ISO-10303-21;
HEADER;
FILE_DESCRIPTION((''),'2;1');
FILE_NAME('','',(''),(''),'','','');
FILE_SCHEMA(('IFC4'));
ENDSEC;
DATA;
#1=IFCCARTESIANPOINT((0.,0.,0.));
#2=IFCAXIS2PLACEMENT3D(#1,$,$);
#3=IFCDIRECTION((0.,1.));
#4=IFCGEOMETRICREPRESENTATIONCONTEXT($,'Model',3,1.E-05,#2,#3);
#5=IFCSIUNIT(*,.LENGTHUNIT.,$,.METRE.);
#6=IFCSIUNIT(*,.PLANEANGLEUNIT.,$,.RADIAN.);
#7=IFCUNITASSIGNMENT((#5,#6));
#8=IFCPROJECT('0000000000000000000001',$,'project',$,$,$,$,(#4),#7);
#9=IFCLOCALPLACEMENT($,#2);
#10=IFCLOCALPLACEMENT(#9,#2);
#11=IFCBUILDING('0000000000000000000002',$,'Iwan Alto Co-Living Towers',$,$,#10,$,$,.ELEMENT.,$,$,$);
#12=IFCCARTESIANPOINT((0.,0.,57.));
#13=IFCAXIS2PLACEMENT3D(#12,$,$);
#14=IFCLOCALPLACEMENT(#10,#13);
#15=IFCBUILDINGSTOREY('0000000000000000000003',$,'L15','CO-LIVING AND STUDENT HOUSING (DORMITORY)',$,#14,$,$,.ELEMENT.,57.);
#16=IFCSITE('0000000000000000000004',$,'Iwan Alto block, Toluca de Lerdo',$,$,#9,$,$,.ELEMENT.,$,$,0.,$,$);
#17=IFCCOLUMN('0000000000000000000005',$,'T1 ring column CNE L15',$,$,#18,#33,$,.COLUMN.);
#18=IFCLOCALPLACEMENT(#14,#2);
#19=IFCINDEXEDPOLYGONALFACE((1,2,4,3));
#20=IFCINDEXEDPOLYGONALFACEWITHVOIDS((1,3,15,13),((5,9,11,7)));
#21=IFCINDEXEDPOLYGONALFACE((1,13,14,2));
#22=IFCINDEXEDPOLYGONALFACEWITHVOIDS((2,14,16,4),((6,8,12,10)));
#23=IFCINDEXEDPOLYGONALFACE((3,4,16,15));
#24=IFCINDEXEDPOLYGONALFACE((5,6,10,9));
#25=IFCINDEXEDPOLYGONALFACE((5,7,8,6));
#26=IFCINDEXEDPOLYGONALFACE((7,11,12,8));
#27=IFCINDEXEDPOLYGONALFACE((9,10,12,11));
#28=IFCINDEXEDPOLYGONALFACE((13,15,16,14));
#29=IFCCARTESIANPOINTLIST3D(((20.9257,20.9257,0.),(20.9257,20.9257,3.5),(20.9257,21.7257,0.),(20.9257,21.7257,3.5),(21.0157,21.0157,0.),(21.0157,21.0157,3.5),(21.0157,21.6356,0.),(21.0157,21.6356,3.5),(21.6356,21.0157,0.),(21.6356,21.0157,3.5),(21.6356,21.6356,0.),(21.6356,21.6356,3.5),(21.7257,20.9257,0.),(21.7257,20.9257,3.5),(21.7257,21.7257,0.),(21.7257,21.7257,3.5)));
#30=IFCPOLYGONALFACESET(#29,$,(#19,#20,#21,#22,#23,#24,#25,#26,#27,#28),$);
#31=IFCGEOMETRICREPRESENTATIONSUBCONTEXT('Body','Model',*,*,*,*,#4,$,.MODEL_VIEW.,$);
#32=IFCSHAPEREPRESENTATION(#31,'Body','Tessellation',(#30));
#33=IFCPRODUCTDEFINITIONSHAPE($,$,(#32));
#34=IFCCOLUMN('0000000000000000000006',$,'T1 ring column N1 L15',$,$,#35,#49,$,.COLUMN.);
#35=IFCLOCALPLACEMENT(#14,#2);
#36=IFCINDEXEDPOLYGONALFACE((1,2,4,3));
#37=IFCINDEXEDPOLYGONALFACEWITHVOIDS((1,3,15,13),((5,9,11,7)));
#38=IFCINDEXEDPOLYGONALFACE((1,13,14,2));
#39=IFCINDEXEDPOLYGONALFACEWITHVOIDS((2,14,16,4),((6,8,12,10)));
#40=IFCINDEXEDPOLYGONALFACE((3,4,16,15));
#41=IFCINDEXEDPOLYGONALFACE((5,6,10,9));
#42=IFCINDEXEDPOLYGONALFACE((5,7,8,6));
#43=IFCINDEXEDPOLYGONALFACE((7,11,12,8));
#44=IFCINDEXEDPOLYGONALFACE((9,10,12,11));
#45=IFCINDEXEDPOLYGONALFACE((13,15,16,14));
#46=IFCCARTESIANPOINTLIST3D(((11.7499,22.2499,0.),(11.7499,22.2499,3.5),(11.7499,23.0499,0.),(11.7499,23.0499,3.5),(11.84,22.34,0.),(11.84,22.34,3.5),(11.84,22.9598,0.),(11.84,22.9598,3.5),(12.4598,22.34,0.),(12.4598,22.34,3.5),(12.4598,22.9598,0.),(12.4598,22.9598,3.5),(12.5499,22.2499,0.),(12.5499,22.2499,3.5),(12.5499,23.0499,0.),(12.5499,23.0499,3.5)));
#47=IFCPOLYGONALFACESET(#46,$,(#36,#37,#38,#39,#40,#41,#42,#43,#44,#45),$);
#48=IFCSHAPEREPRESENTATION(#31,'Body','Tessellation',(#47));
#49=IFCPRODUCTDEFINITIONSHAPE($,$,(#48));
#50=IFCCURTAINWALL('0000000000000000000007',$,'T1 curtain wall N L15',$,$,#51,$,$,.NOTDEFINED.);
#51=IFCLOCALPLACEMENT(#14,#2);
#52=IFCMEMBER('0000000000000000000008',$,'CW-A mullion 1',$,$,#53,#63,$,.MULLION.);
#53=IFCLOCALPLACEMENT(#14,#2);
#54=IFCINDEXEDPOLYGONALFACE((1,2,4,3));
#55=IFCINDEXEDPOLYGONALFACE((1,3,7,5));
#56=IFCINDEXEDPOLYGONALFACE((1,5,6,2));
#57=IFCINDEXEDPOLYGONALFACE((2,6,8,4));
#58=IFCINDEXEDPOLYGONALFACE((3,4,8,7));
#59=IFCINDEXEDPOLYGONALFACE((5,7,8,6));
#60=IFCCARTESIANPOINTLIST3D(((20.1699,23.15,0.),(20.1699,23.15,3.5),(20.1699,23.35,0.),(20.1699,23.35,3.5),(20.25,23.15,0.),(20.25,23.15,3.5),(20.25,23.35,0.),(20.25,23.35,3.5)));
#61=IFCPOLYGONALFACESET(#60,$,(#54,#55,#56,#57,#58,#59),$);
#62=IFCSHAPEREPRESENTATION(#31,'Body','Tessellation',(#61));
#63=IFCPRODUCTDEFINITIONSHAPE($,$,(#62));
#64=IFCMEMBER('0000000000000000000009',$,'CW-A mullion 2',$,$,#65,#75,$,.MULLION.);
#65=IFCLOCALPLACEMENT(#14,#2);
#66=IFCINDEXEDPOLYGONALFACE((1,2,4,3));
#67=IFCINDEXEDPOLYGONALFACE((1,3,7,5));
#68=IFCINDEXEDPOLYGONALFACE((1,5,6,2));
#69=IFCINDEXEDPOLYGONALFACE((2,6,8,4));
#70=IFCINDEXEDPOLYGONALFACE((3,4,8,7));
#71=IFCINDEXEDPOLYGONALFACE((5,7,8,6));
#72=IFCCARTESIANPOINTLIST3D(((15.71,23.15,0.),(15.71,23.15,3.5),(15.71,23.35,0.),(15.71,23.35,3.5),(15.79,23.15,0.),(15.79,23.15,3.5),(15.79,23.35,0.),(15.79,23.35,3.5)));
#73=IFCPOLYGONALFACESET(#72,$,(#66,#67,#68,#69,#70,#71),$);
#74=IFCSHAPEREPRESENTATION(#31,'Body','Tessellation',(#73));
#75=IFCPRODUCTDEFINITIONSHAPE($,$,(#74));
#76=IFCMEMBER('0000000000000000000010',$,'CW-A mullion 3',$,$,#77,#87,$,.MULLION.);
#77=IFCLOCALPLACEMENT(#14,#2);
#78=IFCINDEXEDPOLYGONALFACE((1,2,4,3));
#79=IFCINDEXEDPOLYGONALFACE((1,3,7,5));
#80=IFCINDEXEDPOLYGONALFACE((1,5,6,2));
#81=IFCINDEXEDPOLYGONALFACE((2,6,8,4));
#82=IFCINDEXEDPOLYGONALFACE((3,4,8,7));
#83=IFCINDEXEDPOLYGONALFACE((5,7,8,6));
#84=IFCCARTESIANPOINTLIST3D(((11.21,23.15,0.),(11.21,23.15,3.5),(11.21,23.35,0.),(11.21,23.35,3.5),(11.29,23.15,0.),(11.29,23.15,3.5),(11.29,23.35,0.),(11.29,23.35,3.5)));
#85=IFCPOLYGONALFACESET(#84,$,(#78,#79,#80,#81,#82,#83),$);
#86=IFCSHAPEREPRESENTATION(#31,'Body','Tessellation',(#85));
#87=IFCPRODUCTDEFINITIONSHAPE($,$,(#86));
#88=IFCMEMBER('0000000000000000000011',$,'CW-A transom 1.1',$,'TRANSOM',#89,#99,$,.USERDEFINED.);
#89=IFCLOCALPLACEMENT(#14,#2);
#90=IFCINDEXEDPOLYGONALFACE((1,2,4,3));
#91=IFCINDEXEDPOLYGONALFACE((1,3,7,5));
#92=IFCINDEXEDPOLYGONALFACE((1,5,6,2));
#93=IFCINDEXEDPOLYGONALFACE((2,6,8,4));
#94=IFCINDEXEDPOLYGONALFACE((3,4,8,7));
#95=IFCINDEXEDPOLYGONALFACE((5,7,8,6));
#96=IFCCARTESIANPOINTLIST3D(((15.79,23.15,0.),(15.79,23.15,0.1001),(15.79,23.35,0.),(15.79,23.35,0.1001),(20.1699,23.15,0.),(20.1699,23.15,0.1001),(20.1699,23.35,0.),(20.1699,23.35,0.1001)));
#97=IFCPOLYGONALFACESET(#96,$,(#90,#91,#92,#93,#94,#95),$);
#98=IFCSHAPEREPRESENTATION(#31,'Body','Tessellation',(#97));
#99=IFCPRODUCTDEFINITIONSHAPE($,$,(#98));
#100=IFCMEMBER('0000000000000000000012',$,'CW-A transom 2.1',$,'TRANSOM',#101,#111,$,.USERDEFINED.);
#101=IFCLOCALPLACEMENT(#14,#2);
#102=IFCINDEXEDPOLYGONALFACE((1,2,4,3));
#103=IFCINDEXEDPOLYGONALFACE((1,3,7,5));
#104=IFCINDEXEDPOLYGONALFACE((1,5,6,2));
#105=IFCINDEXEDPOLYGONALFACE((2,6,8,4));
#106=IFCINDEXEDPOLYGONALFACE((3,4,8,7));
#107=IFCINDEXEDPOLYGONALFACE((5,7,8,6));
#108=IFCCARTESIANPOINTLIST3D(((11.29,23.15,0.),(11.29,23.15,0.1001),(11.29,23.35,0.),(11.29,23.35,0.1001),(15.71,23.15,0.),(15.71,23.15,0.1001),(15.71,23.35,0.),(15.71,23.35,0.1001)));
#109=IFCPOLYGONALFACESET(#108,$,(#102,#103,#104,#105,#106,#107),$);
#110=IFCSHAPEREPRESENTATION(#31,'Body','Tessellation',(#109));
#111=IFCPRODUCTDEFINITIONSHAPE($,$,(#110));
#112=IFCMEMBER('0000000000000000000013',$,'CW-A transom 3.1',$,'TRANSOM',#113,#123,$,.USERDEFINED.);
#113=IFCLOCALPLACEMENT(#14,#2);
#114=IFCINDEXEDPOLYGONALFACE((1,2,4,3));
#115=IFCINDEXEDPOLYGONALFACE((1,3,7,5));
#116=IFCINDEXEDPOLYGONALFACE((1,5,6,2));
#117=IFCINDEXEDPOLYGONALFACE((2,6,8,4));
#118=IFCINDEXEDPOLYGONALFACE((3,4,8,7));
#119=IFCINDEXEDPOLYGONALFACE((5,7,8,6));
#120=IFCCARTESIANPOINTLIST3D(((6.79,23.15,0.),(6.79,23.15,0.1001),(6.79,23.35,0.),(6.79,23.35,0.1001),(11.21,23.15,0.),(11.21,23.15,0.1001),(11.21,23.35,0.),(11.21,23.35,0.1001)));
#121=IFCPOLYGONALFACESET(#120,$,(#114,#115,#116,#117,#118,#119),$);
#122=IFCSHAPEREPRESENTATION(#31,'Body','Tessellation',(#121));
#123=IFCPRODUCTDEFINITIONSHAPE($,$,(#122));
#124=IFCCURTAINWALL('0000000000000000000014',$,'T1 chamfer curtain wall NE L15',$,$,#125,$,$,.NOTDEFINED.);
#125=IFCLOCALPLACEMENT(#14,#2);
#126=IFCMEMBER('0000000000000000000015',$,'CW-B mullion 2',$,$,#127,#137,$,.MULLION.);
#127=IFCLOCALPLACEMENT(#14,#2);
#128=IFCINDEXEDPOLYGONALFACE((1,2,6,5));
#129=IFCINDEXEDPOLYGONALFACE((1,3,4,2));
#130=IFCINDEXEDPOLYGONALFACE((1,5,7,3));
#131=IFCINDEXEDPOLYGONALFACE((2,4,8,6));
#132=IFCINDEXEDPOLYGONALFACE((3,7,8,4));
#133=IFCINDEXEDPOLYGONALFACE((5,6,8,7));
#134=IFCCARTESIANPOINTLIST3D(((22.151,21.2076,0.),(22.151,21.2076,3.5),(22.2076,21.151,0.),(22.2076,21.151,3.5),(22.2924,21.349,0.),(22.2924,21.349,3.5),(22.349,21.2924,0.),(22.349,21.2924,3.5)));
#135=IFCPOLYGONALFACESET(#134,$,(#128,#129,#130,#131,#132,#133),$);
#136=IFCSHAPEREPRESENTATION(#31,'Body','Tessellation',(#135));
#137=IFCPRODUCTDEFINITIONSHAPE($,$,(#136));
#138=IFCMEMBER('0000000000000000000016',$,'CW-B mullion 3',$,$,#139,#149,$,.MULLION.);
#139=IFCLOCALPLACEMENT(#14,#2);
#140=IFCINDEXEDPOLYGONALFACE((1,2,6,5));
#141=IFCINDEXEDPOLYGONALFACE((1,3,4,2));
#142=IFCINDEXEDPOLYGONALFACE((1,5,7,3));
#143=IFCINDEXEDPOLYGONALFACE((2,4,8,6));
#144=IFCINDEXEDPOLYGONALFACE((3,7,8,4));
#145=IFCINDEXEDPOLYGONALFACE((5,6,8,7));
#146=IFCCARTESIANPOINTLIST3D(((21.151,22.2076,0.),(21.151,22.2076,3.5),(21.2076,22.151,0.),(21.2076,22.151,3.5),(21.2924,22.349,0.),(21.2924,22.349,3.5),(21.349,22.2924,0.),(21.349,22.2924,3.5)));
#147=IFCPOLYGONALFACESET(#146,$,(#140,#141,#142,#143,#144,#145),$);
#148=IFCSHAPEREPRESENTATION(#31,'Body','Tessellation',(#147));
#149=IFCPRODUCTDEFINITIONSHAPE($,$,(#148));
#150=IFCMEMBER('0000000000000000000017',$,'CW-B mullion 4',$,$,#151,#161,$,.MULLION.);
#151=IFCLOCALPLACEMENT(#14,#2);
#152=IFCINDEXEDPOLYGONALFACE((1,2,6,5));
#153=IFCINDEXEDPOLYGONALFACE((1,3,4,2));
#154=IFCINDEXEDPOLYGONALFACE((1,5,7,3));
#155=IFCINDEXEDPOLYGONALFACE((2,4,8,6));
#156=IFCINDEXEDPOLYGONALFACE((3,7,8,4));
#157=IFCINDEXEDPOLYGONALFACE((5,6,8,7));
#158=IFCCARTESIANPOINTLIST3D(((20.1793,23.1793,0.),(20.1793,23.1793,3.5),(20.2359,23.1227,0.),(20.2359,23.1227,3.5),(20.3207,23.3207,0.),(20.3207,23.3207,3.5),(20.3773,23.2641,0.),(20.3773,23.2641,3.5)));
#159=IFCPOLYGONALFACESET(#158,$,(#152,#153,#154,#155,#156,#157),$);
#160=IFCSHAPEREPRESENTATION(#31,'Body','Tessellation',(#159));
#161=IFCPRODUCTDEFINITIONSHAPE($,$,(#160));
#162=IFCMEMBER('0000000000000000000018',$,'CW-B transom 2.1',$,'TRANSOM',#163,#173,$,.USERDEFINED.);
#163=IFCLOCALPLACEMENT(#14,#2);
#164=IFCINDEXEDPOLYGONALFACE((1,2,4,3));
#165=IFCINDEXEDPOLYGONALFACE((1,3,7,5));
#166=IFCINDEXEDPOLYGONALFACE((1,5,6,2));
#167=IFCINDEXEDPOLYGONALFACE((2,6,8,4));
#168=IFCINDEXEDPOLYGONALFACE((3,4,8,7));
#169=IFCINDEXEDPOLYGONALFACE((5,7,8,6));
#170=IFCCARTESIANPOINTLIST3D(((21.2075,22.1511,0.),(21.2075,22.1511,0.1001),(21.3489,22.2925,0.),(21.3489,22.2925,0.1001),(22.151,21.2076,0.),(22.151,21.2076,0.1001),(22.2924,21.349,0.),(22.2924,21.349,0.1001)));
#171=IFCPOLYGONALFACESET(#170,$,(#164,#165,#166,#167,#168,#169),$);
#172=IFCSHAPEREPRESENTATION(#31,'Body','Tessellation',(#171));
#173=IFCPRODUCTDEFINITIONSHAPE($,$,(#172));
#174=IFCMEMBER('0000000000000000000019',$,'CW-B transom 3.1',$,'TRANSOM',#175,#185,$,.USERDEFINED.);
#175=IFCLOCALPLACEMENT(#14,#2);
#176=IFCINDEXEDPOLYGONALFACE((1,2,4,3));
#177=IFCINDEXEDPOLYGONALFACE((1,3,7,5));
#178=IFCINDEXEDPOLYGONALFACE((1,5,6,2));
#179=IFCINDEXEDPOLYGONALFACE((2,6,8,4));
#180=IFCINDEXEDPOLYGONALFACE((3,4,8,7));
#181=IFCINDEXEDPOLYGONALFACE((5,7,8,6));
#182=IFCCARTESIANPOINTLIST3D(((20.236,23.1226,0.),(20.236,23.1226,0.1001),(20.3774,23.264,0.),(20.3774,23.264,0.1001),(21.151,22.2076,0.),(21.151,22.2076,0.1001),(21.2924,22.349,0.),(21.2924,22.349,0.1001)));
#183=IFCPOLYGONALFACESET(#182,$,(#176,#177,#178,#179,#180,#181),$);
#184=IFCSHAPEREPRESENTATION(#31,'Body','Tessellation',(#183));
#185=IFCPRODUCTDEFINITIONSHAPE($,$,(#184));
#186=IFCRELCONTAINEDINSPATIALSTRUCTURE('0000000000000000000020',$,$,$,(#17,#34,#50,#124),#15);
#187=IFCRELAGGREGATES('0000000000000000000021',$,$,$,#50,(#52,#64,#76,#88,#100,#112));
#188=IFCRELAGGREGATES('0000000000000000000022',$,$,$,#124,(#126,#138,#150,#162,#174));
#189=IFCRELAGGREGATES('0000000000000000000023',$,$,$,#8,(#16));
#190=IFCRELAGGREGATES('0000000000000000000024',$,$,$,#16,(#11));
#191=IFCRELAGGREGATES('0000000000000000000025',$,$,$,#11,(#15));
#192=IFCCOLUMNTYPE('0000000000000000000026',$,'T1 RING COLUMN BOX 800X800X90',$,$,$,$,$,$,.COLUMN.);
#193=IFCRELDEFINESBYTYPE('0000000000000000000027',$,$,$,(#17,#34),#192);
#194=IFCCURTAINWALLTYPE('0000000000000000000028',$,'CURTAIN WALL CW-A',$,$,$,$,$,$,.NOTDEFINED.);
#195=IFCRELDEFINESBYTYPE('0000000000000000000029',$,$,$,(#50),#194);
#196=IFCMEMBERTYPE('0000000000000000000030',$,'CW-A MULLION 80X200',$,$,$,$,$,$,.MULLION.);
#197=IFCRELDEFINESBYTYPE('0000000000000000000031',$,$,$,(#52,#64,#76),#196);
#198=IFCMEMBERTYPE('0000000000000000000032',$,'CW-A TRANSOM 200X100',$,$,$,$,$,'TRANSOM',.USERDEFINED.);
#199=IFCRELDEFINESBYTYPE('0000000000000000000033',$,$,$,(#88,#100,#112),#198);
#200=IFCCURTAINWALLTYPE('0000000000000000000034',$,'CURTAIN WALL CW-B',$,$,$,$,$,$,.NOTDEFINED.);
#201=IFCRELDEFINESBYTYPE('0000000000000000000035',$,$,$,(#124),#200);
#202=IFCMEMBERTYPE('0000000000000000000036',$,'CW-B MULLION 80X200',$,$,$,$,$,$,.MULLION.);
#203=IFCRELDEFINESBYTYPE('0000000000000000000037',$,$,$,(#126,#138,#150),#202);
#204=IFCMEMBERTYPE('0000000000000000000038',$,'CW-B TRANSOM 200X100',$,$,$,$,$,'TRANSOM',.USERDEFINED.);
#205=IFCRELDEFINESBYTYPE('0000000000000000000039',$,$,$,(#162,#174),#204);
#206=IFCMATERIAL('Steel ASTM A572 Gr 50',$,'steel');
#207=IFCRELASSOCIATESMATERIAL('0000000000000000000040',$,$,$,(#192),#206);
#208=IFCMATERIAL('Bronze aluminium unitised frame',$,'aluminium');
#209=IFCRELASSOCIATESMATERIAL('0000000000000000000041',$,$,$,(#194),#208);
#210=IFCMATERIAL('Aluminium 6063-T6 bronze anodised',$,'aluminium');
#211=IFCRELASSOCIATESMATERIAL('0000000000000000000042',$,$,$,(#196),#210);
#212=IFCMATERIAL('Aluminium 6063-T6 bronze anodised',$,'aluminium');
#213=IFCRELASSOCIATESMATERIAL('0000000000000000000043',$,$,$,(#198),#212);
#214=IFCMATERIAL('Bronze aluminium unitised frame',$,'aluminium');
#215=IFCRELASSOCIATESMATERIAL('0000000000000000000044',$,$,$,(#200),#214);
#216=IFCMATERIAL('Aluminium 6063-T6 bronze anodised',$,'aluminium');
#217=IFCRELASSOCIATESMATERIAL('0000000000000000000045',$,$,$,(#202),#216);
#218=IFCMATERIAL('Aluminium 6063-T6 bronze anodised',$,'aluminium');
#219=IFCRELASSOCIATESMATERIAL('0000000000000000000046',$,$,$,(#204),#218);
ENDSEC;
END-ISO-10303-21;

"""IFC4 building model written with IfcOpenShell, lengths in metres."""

from ifc_helpers import new_model, si_unit, direction, frame, origin, origin_2d, place, context, subcontext, project, spatial, rectangle, hollow_rectangle, extrude, material, material_profile, profile_set, type_object, element, aggregate, save


model = new_model("IFC4")

# Units and contexts
model_context = context("Model", 3, precision=1e-05, world=origin(), true_north=direction((0.0, 1.0)))
body_context = subcontext(model_context, "Body", "Model", "MODEL_VIEW")
ifc_project = project(units=[si_unit("LENGTHUNIT", "METRE"), si_unit("PLANEANGLEUNIT", "RADIAN")], contexts=[model_context])

# Site, building, storey
site_placement = place(None, origin())
site = spatial("IfcSite", under=ifc_project, at=site_placement, Name="Iwan Alto block, Toluca de Lerdo", CompositionType="ELEMENT", RefElevation=0.0)
building_placement = place(site_placement, origin())
building = spatial("IfcBuilding", under=site, at=building_placement, Name="Iwan Alto Co-Living Towers", CompositionType="ELEMENT")
storey_placement = place(building_placement, frame((0.0, 0.0, 57.0)))
storey = spatial("IfcBuildingStorey", under=building, at=storey_placement, Name="L15", Description="CO-LIVING AND STUDENT HOUSING (DORMITORY)", CompositionType="ELEMENT", Elevation=57.0)

# Columns
ifc_material_1 = material(Name="Steel ASTM A572 Gr 50", Category="steel")
ifc_material_profile_1 = material_profile(ifc_material_1, hollow_rectangle(XDim=0.8, YDim=0.8, WallThickness=0.0901, at=origin_2d()), Name="BOX 800X800X90")
ifc_profile_set_1 = profile_set([ifc_material_profile_1], Name="Steel ASTM A572 Gr 50")
column_type = type_object("IfcColumnType", Name="T1 RING COLUMN BOX 800X800X90", PredefinedType="COLUMN", material=ifc_profile_set_1)
for number, where, z_axis, x_axis, name in (
    (1, (21.3257, 21.3257, 0.0), (0.0, 0.0, 1.0), (1.0, 0.0, 0.0), "T1 ring column CNE L15"),
    (2, (12.1499, 22.6499, 0.0), (0.0, 0.0, 1.0), (1.0, 0.0, 0.0), "T1 ring column N1 L15"),
):
    element("IfcColumn", number, at=place(storey_placement, frame(where, z_axis=z_axis, x_axis=x_axis)), inside=storey, type_object=column_type, Name=name, PredefinedType="COLUMN", context=body_context, shape_type="SweptSolid", body=[
        extrude(hollow_rectangle(XDim=0.8, YDim=0.8, WallThickness=0.0901, at=origin_2d()), origin(), (0.0, 0.0, 1.0), 3.5),
    ])

# Curtain walls, members
ifc_material_2 = material(Name="Bronze aluminium unitised frame", Category="aluminium")
curtain_wall_type_1 = type_object("IfcCurtainWallType", Name="CURTAIN WALL CW-A", PredefinedType="NOTDEFINED", material=ifc_material_2)
curtain_wall_1_placement = place(storey_placement, origin())
curtain_wall_1 = element("IfcCurtainWall", 3, at=curtain_wall_1_placement, inside=storey, type_object=curtain_wall_type_1, Name="T1 curtain wall N L15", PredefinedType="NOTDEFINED")
ifc_material_3 = material(Name="Aluminium 6063-T6 bronze anodised", Category="aluminium")
ifc_material_profile_2 = material_profile(ifc_material_3, rectangle(XDim=0.2, YDim=0.0801, at=origin_2d()), Name="AL 80X200")
ifc_profile_set_2 = profile_set([ifc_material_profile_2], Name="Aluminium 6063-T6 bronze anodised")
member_type_1 = type_object("IfcMemberType", Name="CW-A MULLION 80X200", PredefinedType="MULLION", material=ifc_profile_set_2)
member_1_placement = place(storey_placement, frame((20.21, 23.25, 0.0), z_axis=(0.0, 0.0, 1.0), x_axis=(0.0, -1.0, 0.0)))
member_1 = element("IfcMember", 4, at=member_1_placement, type_object=member_type_1, Name="CW-A mullion 1", PredefinedType="MULLION", context=body_context, shape_type="SweptSolid", body=[
    extrude(rectangle(XDim=0.2, YDim=0.0801, at=origin_2d()), origin(), (0.0, 0.0, 1.0), 3.5),
])
member_2_placement = place(storey_placement, frame((15.75, 23.25, 0.0), z_axis=(0.0, 0.0, 1.0), x_axis=(0.0, -1.0, 0.0)))
member_2 = element("IfcMember", 5, at=member_2_placement, type_object=member_type_1, Name="CW-A mullion 2", PredefinedType="MULLION", context=body_context, shape_type="SweptSolid", body=[
    extrude(rectangle(XDim=0.2, YDim=0.0801, at=origin_2d()), origin(), (0.0, 0.0, 1.0), 3.5),
])
member_3_placement = place(storey_placement, frame((11.25, 23.25, 0.0), z_axis=(0.0, 0.0, 1.0), x_axis=(0.0, -1.0, 0.0)))
member_3 = element("IfcMember", 6, at=member_3_placement, type_object=member_type_1, Name="CW-A mullion 3", PredefinedType="MULLION", context=body_context, shape_type="SweptSolid", body=[
    extrude(rectangle(XDim=0.2, YDim=0.0801, at=origin_2d()), origin(), (0.0, 0.0, 1.0), 3.5),
])
ifc_material_4 = material(Name="Aluminium 6063-T6 bronze anodised", Category="aluminium")
ifc_material_profile_3 = material_profile(ifc_material_4, rectangle(XDim=0.2, YDim=0.1001, at=origin_2d()), Name="AL 200X100")
ifc_profile_set_3 = profile_set([ifc_material_profile_3], Name="Aluminium 6063-T6 bronze anodised")
member_type_2 = type_object("IfcMemberType", Name="CW-A TRANSOM 200X100", ElementType="TRANSOM", PredefinedType="USERDEFINED", material=ifc_profile_set_3)
member_4_placement = place(storey_placement, frame((20.1699, 23.25, 0.05), z_axis=(-1.0, 0.0, 0.0), x_axis=(0.0, -1.0, 0.0)))
member_4 = element("IfcMember", 7, at=member_4_placement, type_object=member_type_2, Name="CW-A transom 1.1", ObjectType="TRANSOM", PredefinedType="USERDEFINED", context=body_context, shape_type="SweptSolid", body=[
    extrude(rectangle(XDim=0.2, YDim=0.1001, at=origin_2d()), origin(), (0.0, 0.0, 1.0), 4.3799),
])
member_5_placement = place(storey_placement, frame((15.71, 23.25, 0.05), z_axis=(-1.0, 0.0, 0.0), x_axis=(0.0, -1.0, 0.0)))
member_5 = element("IfcMember", 8, at=member_5_placement, type_object=member_type_2, Name="CW-A transom 2.1", ObjectType="TRANSOM", PredefinedType="USERDEFINED", context=body_context, shape_type="SweptSolid", body=[
    extrude(rectangle(XDim=0.2, YDim=0.1001, at=origin_2d()), origin(), (0.0, 0.0, 1.0), 4.4199),
])
member_6_placement = place(storey_placement, frame((11.21, 23.25, 0.05), z_axis=(-1.0, 0.0, 0.0), x_axis=(0.0, -1.0, 0.0)))
member_6 = element("IfcMember", 9, at=member_6_placement, type_object=member_type_2, Name="CW-A transom 3.1", ObjectType="TRANSOM", PredefinedType="USERDEFINED", context=body_context, shape_type="SweptSolid", body=[
    extrude(rectangle(XDim=0.2, YDim=0.1001, at=origin_2d()), origin(), (0.0, 0.0, 1.0), 4.4199),
])
ifc_material_5 = material(Name="Bronze aluminium unitised frame", Category="aluminium")
curtain_wall_type_2 = type_object("IfcCurtainWallType", Name="CURTAIN WALL CW-B", PredefinedType="NOTDEFINED", material=ifc_material_5)
curtain_wall_2_placement = place(storey_placement, origin())
curtain_wall_2 = element("IfcCurtainWall", 10, at=curtain_wall_2_placement, inside=storey, type_object=curtain_wall_type_2, Name="T1 chamfer curtain wall NE L15", PredefinedType="NOTDEFINED")
ifc_material_6 = material(Name="Aluminium 6063-T6 bronze anodised", Category="aluminium")
ifc_material_profile_4 = material_profile(ifc_material_6, rectangle(XDim=0.2, YDim=0.0801, at=origin_2d()), Name="AL 80X200")
ifc_profile_set_4 = profile_set([ifc_material_profile_4], Name="Aluminium 6063-T6 bronze anodised")
member_type_3 = type_object("IfcMemberType", Name="CW-B MULLION 80X200", PredefinedType="MULLION", material=ifc_profile_set_4)
member_7_placement = place(storey_placement, frame((22.25, 21.25, 0.0), z_axis=(0.0, 0.0, 1.0), x_axis=(-0.707107, -0.707107, 0.0)))
member_7 = element("IfcMember", 11, at=member_7_placement, type_object=member_type_3, Name="CW-B mullion 2", PredefinedType="MULLION", context=body_context, shape_type="SweptSolid", body=[
    extrude(rectangle(XDim=0.2, YDim=0.0801, at=origin_2d()), origin(), (0.0, 0.0, 1.0), 3.5),
])
member_8_placement = place(storey_placement, frame((21.25, 22.25, 0.0), z_axis=(0.0, 0.0, 1.0), x_axis=(-0.707107, -0.707107, 0.0)))
member_8 = element("IfcMember", 12, at=member_8_placement, type_object=member_type_3, Name="CW-B mullion 3", PredefinedType="MULLION", context=body_context, shape_type="SweptSolid", body=[
    extrude(rectangle(XDim=0.2, YDim=0.0801, at=origin_2d()), origin(), (0.0, 0.0, 1.0), 3.5),
])
member_9_placement = place(storey_placement, frame((20.2783, 23.2217, 0.0), z_axis=(0.0, 0.0, 1.0), x_axis=(-0.707107, -0.707107, 0.0)))
member_9 = element("IfcMember", 13, at=member_9_placement, type_object=member_type_3, Name="CW-B mullion 4", PredefinedType="MULLION", context=body_context, shape_type="SweptSolid", body=[
    extrude(rectangle(XDim=0.2, YDim=0.0801, at=origin_2d()), origin(), (0.0, 0.0, 1.0), 3.5),
])
ifc_material_7 = material(Name="Aluminium 6063-T6 bronze anodised", Category="aluminium")
ifc_material_profile_5 = material_profile(ifc_material_7, rectangle(XDim=0.2, YDim=0.1001, at=origin_2d()), Name="AL 200X100")
ifc_profile_set_5 = profile_set([ifc_material_profile_5], Name="Aluminium 6063-T6 bronze anodised")
member_type_4 = type_object("IfcMemberType", Name="CW-B TRANSOM 200X100", ElementType="TRANSOM", PredefinedType="USERDEFINED", material=ifc_profile_set_5)
member_10_placement = place(storey_placement, frame((22.2217, 21.2783, 0.05), z_axis=(-0.707107, 0.707107, 0.0), x_axis=(-0.707107, -0.707107, 0.0)))
member_10 = element("IfcMember", 14, at=member_10_placement, type_object=member_type_4, Name="CW-B transom 2.1", ObjectType="TRANSOM", PredefinedType="USERDEFINED", context=body_context, shape_type="SweptSolid", body=[
    extrude(rectangle(XDim=0.2, YDim=0.1001, at=origin_2d()), origin(), (0.0, 0.0, 1.0), 1.3342),
])
member_11_placement = place(storey_placement, frame((21.2217, 22.2783, 0.05), z_axis=(-0.707107, 0.707107, 0.0), x_axis=(-0.707107, -0.707107, 0.0)))
member_11 = element("IfcMember", 15, at=member_11_placement, type_object=member_type_4, Name="CW-B transom 3.1", ObjectType="TRANSOM", PredefinedType="USERDEFINED", context=body_context, shape_type="SweptSolid", body=[
    extrude(rectangle(XDim=0.2, YDim=0.1001, at=origin_2d()), origin(), (0.0, 0.0, 1.0), 1.2939),
])

aggregate(curtain_wall_1, [member_1, member_2, member_3, member_4, member_5, member_6])
aggregate(curtain_wall_2, [member_7, member_8, member_9, member_10, member_11])

save(model, "model.ifc")
